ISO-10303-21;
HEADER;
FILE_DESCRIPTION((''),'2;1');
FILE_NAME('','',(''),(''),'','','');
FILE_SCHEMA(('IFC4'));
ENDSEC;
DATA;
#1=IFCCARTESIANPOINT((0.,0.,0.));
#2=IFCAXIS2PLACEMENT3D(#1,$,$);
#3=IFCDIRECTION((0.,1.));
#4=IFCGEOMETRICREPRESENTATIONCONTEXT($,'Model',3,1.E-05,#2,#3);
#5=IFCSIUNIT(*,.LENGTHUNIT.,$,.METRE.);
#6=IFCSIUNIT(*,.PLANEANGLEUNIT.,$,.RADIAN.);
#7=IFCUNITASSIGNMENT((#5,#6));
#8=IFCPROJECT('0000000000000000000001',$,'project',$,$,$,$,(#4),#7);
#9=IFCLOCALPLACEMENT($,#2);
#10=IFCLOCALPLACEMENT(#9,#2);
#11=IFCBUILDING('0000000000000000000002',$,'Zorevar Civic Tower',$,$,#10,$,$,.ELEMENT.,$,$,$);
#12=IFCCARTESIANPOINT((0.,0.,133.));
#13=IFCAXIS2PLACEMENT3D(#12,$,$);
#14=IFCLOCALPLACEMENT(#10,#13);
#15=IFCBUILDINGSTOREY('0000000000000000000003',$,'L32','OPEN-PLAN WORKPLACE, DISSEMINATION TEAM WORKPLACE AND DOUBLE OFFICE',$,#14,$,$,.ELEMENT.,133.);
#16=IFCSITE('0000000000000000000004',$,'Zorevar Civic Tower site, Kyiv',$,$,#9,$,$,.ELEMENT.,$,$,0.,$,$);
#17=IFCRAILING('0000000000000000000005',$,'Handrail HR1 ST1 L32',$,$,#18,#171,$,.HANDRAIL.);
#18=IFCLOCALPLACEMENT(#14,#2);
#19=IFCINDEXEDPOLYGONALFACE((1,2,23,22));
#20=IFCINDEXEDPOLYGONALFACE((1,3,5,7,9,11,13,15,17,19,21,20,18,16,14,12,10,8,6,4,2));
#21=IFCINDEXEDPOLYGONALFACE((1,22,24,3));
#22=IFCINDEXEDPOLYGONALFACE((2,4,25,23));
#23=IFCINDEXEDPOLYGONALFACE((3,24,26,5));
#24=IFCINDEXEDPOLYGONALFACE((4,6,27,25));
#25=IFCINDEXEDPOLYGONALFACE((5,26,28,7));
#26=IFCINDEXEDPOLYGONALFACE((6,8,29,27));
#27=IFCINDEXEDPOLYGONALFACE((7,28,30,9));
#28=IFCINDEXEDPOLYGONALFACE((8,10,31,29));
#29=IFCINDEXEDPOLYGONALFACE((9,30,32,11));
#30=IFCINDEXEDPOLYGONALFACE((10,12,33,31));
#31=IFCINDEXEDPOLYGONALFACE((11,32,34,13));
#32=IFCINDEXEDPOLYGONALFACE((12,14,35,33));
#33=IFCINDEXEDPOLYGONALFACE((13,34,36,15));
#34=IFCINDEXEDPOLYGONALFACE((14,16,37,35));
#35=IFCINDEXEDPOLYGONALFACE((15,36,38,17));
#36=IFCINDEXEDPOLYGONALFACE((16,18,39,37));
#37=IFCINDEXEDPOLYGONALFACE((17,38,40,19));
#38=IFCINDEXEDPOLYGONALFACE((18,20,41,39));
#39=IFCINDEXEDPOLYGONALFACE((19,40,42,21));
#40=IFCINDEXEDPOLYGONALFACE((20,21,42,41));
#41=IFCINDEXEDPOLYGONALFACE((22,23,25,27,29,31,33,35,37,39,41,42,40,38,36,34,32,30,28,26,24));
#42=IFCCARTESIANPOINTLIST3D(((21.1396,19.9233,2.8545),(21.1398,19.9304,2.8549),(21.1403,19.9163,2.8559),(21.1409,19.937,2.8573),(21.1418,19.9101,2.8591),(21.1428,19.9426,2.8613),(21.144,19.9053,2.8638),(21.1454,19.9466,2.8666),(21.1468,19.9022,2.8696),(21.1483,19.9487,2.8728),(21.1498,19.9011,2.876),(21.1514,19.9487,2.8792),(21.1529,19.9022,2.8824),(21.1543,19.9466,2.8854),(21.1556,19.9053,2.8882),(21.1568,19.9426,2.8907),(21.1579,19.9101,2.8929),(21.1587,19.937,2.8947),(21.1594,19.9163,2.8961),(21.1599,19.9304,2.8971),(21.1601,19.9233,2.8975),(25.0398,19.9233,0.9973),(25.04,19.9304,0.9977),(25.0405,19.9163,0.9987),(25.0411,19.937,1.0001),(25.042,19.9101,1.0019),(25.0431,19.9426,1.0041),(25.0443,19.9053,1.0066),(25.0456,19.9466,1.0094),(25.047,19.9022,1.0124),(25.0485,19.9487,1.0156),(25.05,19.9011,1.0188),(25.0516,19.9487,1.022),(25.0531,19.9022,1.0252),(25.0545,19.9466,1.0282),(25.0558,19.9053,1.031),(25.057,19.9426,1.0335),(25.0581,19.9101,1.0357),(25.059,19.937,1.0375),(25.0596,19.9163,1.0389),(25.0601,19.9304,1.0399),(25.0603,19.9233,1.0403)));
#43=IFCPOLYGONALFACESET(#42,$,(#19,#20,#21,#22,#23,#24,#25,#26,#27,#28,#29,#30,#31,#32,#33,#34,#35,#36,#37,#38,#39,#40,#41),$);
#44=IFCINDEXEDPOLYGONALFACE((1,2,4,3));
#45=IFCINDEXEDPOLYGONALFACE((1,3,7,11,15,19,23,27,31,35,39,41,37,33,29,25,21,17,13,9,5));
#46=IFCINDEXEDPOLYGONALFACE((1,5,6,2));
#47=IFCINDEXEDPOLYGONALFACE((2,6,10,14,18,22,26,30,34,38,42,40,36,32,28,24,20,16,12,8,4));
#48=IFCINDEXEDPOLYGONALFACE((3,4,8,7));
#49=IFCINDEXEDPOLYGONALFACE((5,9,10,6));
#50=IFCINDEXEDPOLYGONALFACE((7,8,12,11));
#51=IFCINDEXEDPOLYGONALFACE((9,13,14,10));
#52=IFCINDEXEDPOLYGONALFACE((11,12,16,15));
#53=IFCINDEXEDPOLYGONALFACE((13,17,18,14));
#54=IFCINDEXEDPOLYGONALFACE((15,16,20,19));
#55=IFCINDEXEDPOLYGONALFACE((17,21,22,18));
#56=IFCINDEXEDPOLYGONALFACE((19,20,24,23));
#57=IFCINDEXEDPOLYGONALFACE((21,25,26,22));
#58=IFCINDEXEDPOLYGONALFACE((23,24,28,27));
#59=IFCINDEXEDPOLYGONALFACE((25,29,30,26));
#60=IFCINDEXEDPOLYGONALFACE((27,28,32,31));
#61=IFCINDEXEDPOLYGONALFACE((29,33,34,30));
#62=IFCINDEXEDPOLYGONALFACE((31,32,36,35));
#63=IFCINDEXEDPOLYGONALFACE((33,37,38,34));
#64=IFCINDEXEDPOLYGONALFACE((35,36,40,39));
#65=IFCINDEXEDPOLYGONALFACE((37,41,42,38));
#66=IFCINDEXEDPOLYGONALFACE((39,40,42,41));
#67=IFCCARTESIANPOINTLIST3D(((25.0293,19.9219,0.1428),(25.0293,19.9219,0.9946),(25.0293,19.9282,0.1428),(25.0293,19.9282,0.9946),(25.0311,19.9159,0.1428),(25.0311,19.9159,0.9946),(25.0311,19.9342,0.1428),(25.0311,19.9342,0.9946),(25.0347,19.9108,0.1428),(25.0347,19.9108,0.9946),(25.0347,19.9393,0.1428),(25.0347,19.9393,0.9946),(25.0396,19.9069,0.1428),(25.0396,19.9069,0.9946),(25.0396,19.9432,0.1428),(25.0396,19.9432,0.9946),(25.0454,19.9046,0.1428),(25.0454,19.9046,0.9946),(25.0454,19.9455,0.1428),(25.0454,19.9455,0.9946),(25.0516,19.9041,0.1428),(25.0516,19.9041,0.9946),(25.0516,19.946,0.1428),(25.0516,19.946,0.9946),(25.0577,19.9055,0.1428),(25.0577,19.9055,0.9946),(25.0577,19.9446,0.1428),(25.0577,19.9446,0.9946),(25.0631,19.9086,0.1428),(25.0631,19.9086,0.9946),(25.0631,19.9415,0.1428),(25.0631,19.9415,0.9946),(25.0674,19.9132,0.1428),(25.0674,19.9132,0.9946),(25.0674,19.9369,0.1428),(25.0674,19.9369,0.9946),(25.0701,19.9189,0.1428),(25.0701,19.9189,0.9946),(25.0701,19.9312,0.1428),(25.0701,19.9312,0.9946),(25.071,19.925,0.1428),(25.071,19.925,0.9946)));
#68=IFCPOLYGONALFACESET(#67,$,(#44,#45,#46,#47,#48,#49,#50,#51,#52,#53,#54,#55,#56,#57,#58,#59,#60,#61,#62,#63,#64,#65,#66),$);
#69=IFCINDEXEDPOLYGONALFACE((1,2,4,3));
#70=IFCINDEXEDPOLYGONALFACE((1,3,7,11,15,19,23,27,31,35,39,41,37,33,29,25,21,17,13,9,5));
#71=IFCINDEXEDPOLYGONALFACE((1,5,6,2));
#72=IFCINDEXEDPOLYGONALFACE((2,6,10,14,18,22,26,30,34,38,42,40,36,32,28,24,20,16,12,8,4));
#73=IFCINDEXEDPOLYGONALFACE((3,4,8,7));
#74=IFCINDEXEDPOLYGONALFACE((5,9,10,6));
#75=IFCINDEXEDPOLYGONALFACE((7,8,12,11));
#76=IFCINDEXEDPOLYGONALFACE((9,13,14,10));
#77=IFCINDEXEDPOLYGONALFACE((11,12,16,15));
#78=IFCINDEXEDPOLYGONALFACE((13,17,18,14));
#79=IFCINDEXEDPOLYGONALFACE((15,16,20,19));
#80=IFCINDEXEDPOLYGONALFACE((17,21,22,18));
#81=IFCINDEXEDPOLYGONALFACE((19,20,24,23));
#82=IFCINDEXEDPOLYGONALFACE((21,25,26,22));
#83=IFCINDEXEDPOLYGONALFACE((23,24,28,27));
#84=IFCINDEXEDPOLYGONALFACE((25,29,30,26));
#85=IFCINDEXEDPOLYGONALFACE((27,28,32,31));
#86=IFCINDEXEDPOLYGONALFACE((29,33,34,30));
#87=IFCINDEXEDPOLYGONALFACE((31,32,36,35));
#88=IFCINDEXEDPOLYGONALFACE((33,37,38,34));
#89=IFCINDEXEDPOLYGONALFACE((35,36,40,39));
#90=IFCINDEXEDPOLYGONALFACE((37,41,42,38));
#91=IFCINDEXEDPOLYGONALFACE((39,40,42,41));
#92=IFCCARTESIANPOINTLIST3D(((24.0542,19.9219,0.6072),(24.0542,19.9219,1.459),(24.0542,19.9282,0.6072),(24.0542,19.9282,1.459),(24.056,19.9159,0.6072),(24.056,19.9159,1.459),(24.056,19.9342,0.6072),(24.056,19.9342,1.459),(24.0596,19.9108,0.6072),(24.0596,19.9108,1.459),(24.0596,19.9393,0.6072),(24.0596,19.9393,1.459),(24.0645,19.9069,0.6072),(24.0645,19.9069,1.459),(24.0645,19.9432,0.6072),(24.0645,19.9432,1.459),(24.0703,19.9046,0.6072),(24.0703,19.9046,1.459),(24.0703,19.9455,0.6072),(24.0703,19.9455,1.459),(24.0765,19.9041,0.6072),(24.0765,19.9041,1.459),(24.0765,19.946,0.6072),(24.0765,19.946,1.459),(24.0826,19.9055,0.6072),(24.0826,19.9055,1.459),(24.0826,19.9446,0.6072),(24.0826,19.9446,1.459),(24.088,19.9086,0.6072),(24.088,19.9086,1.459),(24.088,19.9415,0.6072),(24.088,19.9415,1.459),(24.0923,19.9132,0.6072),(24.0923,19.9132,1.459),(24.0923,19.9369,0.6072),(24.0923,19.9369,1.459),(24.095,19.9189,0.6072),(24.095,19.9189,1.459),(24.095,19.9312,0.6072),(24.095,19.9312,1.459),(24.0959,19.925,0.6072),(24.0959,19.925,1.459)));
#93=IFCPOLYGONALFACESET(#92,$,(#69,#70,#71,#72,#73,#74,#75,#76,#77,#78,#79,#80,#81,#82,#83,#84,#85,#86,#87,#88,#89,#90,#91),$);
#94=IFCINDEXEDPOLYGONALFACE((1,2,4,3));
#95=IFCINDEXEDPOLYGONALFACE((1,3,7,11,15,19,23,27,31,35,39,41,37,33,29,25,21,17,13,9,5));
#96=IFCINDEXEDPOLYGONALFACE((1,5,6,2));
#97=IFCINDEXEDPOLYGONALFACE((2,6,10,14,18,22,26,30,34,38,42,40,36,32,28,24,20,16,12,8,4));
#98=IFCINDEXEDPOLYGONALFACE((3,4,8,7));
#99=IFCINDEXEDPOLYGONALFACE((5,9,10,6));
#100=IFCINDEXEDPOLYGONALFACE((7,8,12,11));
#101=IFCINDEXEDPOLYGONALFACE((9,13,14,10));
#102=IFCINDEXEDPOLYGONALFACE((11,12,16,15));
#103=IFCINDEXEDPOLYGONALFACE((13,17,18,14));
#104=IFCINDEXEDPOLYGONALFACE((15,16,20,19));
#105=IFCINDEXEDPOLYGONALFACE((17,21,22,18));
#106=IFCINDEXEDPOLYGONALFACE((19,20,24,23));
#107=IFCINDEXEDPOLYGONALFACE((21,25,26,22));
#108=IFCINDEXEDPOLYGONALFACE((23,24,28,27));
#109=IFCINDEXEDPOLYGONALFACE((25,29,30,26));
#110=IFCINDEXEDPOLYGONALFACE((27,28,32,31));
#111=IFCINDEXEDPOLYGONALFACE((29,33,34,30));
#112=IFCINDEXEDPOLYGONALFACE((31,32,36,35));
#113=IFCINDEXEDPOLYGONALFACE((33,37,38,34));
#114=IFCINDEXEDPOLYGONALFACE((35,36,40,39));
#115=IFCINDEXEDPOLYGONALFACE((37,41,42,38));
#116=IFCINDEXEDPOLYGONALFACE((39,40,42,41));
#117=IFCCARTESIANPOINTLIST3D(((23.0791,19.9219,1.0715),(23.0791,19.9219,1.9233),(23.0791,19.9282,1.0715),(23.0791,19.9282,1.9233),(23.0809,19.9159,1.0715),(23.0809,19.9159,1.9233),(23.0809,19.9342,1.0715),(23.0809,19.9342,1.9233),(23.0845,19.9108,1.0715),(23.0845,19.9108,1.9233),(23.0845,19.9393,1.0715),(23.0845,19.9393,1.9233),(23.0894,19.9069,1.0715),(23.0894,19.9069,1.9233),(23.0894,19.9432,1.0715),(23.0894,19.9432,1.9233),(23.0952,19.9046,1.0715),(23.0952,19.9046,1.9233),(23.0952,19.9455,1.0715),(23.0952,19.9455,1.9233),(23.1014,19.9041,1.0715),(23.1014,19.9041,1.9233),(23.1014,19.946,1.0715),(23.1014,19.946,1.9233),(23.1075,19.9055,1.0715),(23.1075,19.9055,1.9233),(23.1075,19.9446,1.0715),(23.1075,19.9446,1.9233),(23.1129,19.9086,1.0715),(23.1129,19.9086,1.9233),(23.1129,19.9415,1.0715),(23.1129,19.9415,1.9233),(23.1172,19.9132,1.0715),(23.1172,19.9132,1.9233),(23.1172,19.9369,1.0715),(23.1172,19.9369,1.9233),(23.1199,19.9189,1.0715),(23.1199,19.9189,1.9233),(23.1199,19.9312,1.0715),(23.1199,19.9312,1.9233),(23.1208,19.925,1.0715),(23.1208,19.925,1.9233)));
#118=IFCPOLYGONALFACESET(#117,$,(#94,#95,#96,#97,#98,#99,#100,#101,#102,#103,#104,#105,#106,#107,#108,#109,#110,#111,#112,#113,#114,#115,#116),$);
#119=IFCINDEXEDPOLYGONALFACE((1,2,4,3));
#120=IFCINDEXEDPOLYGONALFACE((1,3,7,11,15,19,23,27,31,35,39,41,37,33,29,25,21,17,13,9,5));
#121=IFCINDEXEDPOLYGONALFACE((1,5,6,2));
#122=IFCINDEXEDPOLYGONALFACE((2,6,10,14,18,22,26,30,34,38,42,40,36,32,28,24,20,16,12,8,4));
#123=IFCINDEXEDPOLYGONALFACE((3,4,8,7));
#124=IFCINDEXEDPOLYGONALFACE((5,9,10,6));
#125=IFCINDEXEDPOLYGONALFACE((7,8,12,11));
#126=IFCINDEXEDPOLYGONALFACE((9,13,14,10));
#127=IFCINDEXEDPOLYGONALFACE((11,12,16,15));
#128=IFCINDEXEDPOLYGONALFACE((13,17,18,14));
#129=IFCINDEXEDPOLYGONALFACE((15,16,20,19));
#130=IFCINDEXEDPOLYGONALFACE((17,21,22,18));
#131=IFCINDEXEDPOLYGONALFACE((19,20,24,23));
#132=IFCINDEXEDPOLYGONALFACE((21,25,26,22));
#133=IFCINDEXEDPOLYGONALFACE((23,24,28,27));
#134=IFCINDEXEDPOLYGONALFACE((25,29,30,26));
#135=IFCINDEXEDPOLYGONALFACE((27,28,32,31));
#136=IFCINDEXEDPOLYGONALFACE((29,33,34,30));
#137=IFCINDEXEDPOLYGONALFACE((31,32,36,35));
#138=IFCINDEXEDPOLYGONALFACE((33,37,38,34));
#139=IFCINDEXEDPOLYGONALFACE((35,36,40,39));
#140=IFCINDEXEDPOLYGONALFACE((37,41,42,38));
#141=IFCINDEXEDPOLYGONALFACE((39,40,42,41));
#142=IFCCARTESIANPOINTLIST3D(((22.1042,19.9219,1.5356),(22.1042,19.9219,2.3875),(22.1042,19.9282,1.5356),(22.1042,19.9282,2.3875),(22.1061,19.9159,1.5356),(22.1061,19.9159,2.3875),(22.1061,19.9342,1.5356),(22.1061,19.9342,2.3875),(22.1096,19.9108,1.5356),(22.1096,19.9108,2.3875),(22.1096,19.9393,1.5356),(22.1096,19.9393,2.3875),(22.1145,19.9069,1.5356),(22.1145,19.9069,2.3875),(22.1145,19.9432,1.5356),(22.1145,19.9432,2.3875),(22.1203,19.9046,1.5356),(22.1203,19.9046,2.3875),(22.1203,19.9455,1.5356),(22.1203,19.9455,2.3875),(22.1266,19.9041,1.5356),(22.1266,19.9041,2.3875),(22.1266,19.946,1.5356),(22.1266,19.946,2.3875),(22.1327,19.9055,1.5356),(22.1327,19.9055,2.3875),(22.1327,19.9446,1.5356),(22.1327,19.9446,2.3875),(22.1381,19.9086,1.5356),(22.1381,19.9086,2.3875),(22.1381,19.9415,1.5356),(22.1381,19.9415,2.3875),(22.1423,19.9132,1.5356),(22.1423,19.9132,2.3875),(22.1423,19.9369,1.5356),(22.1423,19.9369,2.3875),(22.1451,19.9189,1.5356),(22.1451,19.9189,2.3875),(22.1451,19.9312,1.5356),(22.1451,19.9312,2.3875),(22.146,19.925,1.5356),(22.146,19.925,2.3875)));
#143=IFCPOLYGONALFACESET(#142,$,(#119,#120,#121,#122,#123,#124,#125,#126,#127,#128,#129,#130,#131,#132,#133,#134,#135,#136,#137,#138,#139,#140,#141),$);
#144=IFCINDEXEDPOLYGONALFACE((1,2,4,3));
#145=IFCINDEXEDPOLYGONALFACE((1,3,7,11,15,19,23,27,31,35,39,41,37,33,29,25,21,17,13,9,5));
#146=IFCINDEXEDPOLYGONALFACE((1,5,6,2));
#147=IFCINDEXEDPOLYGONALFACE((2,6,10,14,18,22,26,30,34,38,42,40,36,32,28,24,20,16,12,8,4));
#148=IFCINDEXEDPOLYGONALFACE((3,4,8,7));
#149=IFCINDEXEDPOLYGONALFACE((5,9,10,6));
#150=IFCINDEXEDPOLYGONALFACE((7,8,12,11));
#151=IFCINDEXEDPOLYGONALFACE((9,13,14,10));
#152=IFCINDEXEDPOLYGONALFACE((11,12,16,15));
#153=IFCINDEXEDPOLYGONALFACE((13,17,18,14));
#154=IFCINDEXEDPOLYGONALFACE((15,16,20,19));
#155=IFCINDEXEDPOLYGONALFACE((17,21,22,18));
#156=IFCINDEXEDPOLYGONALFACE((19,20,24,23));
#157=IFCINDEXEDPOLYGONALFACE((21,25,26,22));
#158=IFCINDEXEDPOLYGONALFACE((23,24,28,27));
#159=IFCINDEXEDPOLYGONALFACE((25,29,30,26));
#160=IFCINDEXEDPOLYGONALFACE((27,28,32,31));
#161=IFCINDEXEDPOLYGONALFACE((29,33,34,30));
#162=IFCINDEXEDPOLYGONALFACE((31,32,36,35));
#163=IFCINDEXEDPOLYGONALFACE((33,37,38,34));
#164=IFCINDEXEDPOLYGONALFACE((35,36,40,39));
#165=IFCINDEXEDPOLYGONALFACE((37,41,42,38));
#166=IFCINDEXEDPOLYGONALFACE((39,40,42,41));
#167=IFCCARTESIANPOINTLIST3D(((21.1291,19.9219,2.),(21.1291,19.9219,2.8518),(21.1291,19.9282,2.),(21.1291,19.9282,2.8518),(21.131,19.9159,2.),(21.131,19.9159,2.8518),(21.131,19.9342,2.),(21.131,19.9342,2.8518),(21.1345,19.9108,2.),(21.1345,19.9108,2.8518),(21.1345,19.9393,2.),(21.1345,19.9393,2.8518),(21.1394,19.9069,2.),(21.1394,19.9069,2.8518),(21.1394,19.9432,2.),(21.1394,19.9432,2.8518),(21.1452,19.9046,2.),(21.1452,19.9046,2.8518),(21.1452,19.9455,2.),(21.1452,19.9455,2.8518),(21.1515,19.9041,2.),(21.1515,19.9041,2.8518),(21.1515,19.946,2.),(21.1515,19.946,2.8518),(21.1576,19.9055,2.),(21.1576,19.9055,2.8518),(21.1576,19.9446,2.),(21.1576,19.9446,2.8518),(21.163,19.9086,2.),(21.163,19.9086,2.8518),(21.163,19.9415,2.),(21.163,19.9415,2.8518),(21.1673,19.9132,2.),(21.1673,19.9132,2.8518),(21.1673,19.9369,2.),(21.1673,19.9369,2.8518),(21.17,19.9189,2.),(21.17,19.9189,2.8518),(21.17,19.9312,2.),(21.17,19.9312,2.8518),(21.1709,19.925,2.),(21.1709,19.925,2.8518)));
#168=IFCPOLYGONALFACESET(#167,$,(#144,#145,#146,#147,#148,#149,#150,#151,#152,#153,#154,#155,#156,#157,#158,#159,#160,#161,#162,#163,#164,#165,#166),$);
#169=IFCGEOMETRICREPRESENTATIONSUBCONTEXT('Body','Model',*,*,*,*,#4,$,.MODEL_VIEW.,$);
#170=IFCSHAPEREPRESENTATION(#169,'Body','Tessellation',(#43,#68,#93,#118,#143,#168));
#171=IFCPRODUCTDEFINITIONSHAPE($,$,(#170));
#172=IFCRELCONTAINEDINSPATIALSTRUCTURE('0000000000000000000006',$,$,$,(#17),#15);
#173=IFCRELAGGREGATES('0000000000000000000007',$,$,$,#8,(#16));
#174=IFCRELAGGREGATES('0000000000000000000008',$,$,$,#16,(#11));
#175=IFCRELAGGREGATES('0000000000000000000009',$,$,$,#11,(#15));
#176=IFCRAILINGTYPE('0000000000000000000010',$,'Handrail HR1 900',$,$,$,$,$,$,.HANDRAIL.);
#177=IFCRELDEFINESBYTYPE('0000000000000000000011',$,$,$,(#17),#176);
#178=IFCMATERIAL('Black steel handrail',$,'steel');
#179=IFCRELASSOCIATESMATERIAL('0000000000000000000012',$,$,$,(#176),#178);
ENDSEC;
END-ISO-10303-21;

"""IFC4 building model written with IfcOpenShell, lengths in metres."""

from ifc_helpers import new_model, si_unit, direction, frame, origin, origin_2d, place, context, subcontext, project, spatial, circle, extrude, material, type_object, element, save


model = new_model("IFC4")

# Units and contexts
model_context = context("Model", 3, precision=1e-05, world=origin(), true_north=direction((0.0, 1.0)))
body_context = subcontext(model_context, "Body", "Model", "MODEL_VIEW")
ifc_project = project(units=[si_unit("LENGTHUNIT", "METRE"), si_unit("PLANEANGLEUNIT", "RADIAN")], contexts=[model_context])

# Site, building, storey
site_placement = place(None, origin())
site = spatial("IfcSite", under=ifc_project, at=site_placement, Name="Zorevar Civic Tower site, Kyiv", CompositionType="ELEMENT", RefElevation=0.0)
building_placement = place(site_placement, origin())
building = spatial("IfcBuilding", under=site, at=building_placement, Name="Zorevar Civic Tower", CompositionType="ELEMENT")
storey_placement = place(building_placement, frame((0.0, 0.0, 133.0)))
storey = spatial("IfcBuildingStorey", under=building, at=storey_placement, Name="L32", Description="OPEN-PLAN WORKPLACE, DISSEMINATION TEAM WORKPLACE AND DOUBLE OFFICE", CompositionType="ELEMENT", Elevation=133.0)

# Railing
ifc_material_1 = material(Name="Black steel handrail", Category="steel")
railing_type = type_object("IfcRailingType", Name="Handrail HR1 900", PredefinedType="HANDRAIL", material=ifc_material_1)
railing_1_placement = place(storey_placement, frame((25.05, 19.925, 0.1428)))
element("IfcRailing", 1, at=railing_1_placement, inside=storey, type_object=railing_type, Name="Handrail HR1 ST1 L32", PredefinedType="HANDRAIL", context=body_context, shape_type="SweptSolid", body=[
    extrude(circle(Radius=0.0239, at=origin_2d()), frame((0.0, 0.0, 0.876), z_axis=(-0.902864, 0.0, 0.429927), x_axis=(0.0, -1.0, 0.0)), (0.0, 0.0, 1.0), 4.3198),
    extrude(circle(Radius=0.021, at=origin_2d()), origin(), (0.0, 0.0, 1.0), 0.8518),
    extrude(circle(Radius=0.021, at=origin_2d()), frame((-0.9751, 0.0, 0.4644)), (0.0, 0.0, 1.0), 0.8518),
    extrude(circle(Radius=0.021, at=origin_2d()), frame((-1.9502, 0.0, 0.9287)), (0.0, 0.0, 1.0), 0.8518),
    extrude(circle(Radius=0.021, at=origin_2d()), frame((-2.925, 0.0, 1.3928)), (0.0, 0.0, 1.0), 0.8518),
    extrude(circle(Radius=0.021, at=origin_2d()), frame((-3.9001, 0.0, 1.8572)), (0.0, 0.0, 1.0), 0.8518),
])

save(model, "model.ifc")
